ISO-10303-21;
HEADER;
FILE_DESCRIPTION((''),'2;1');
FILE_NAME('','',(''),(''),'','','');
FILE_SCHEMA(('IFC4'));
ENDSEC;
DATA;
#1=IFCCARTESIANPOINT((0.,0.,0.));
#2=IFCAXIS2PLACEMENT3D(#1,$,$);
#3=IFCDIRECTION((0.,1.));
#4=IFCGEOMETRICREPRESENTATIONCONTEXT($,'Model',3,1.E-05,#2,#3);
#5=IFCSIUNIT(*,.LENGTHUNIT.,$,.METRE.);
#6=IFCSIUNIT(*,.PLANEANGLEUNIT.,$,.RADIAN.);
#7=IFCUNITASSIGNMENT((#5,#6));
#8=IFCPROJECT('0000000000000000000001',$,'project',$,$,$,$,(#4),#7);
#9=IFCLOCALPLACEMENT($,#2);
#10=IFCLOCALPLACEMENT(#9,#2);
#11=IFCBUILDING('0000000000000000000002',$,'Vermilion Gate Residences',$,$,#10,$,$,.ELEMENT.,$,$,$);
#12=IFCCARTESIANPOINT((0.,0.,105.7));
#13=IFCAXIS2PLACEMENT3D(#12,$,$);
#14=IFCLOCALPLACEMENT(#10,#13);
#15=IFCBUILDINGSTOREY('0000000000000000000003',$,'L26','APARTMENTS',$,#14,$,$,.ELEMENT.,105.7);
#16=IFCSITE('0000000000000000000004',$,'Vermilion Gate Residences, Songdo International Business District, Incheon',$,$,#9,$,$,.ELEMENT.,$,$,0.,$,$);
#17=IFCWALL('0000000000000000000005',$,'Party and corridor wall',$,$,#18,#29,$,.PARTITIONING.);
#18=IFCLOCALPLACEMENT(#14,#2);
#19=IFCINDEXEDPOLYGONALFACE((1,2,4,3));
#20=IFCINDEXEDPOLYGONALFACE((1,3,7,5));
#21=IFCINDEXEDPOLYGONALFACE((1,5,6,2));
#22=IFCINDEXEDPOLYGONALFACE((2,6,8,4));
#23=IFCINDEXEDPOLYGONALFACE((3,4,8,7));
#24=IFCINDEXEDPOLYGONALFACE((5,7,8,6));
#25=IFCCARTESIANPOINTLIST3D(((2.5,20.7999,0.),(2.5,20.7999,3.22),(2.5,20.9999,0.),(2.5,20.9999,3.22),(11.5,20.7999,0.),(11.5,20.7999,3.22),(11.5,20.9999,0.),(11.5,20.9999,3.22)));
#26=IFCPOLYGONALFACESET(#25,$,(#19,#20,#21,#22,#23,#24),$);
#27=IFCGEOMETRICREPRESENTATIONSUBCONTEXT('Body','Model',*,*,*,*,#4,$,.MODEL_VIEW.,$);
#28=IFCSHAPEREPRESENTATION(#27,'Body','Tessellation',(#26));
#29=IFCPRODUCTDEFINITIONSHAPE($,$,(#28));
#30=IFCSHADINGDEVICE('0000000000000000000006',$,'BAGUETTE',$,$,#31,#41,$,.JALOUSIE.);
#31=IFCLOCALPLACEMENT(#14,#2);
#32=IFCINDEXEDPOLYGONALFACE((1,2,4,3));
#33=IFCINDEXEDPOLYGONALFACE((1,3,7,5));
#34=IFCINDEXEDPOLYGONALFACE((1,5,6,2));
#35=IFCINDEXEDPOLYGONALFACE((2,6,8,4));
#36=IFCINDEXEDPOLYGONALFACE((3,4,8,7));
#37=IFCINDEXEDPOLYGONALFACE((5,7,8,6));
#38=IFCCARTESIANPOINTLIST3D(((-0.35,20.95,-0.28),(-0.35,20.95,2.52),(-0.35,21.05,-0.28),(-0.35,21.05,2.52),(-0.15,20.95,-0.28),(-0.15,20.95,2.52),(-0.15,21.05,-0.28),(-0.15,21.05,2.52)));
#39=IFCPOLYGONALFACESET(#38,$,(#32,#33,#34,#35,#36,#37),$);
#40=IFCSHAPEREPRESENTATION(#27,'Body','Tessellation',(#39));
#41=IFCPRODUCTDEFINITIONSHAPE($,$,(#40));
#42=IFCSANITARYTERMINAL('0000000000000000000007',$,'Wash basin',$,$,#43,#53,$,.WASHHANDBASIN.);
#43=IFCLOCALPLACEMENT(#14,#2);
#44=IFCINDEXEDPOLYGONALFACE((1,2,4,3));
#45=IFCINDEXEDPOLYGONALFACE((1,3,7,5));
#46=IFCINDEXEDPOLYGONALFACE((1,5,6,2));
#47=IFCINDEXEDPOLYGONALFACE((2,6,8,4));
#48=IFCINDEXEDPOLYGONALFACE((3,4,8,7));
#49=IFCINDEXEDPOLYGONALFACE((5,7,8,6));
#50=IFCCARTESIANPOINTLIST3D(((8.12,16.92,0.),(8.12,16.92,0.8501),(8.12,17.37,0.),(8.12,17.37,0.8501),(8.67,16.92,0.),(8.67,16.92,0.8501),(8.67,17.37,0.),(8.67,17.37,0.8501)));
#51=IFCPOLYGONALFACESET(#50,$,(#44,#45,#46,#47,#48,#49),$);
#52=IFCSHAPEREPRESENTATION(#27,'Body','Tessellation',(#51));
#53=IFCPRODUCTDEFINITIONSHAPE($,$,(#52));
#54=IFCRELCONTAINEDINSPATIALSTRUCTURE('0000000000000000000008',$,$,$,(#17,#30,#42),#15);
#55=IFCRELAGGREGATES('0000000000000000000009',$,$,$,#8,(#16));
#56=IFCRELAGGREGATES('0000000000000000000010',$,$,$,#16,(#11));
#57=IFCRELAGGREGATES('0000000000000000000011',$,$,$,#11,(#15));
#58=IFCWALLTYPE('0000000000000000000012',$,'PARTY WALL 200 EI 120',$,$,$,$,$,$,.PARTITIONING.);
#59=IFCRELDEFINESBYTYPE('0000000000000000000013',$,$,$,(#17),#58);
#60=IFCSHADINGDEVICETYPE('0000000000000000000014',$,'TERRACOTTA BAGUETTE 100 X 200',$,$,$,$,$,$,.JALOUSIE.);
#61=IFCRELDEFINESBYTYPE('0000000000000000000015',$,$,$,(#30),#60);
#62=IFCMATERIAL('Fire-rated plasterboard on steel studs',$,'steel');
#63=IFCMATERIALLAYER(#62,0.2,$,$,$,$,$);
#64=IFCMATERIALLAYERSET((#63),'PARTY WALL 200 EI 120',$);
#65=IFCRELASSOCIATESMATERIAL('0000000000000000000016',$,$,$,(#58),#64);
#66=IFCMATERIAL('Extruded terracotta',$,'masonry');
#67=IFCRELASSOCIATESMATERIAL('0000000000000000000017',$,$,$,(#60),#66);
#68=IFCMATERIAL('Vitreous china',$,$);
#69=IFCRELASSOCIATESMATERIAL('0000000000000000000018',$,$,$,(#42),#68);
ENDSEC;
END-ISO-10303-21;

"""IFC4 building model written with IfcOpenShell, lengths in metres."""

from ifc_helpers import new_model, si_unit, direction, frame, frame_2d, origin, origin_2d, place, context, subcontext, project, spatial, rectangle, extrude, material, layer, layer_set, material_profile, profile_set, type_object, element, save


model = new_model("IFC4")

# Units and contexts
model_context = context("Model", 3, precision=1e-05, world=origin(), true_north=direction((0.0, 1.0)))
body_context = subcontext(model_context, "Body", "Model", "MODEL_VIEW")
ifc_project = project(units=[si_unit("LENGTHUNIT", "METRE"), si_unit("PLANEANGLEUNIT", "RADIAN")], contexts=[model_context])

# Site, building, storey
site_placement = place(None, origin())
site = spatial("IfcSite", under=ifc_project, at=site_placement, Name="Vermilion Gate Residences, Songdo International Business District, Incheon", CompositionType="ELEMENT", RefElevation=0.0)
building_placement = place(site_placement, origin())
building = spatial("IfcBuilding", under=site, at=building_placement, Name="Vermilion Gate Residences", CompositionType="ELEMENT")
storey_placement = place(building_placement, frame((0.0, 0.0, 105.7)))
storey = spatial("IfcBuildingStorey", under=building, at=storey_placement, Name="L26", Description="APARTMENTS", CompositionType="ELEMENT", Elevation=105.7)

# Wall
ifc_material_1 = material(Name="Fire-rated plasterboard on steel studs", Category="steel")
ifc_layer_1 = layer(ifc_material_1, 0.2)
ifc_layer_set_1 = layer_set([ifc_layer_1], Name="PARTY WALL 200 EI 120")
wall_type_1 = type_object("IfcWallType", Name="PARTY WALL 200 EI 120", PredefinedType="PARTITIONING", material=ifc_layer_set_1)
wall_1_placement = place(storey_placement, frame((2.5, 20.8999, 0.0), z_axis=(0.0, 0.0, 1.0), x_axis=(1.0, 0.0, 0.0)))
element("IfcWall", 1, at=wall_1_placement, inside=storey, type_object=wall_type_1, Name="Party and corridor wall", PredefinedType="PARTITIONING", context=body_context, shape_type="SweptSolid", body=[
    extrude(rectangle(XDim=9.0, YDim=0.2, at=frame_2d((4.5, 0.0))), origin(), (0.0, 0.0, 1.0), 3.22),
])

# Shading device
ifc_material_2 = material(Name="Extruded terracotta", Category="masonry")
ifc_material_profile_1 = material_profile(ifc_material_2, rectangle(XDim=0.2, YDim=0.1001, at=origin_2d()), Name="BAGUETTE 100 X 200")
ifc_profile_set_1 = profile_set([ifc_material_profile_1], Name="Extruded terracotta")
shading_device_type = type_object("IfcShadingDeviceType", Name="TERRACOTTA BAGUETTE 100 X 200", PredefinedType="JALOUSIE", material=ifc_profile_set_1)
shading_device_placement = place(storey_placement, frame((-0.25, 21.0, -0.28), z_axis=(0.0, 0.0, 1.0), x_axis=(1.0, 0.0, 0.0)))
element("IfcShadingDevice", 2, at=shading_device_placement, inside=storey, type_object=shading_device_type, Name="BAGUETTE", PredefinedType="JALOUSIE", context=body_context, shape_type="SweptSolid", body=[
    extrude(rectangle(XDim=0.2, YDim=0.1001, at=origin_2d()), origin(), (0.0, 0.0, 1.0), 2.8),
])

# Sanitary terminal
ifc_material_3 = material(Name="Vitreous china")
sanitary_terminal_placement = place(storey_placement, frame((8.395, 17.145, 0.0), z_axis=(0.0, 0.0, 1.0), x_axis=(1.0, 0.0, 0.0)))
element("IfcSanitaryTerminal", 3, at=sanitary_terminal_placement, inside=storey, material=ifc_material_3, Name="Wash basin", PredefinedType="WASHHANDBASIN", context=body_context, shape_type="SweptSolid", body=[
    extrude(rectangle(XDim=0.55, YDim=0.45, at=origin_2d()), origin(), (0.0, 0.0, 1.0), 0.8501),
])

save(model, "model.ifc")
